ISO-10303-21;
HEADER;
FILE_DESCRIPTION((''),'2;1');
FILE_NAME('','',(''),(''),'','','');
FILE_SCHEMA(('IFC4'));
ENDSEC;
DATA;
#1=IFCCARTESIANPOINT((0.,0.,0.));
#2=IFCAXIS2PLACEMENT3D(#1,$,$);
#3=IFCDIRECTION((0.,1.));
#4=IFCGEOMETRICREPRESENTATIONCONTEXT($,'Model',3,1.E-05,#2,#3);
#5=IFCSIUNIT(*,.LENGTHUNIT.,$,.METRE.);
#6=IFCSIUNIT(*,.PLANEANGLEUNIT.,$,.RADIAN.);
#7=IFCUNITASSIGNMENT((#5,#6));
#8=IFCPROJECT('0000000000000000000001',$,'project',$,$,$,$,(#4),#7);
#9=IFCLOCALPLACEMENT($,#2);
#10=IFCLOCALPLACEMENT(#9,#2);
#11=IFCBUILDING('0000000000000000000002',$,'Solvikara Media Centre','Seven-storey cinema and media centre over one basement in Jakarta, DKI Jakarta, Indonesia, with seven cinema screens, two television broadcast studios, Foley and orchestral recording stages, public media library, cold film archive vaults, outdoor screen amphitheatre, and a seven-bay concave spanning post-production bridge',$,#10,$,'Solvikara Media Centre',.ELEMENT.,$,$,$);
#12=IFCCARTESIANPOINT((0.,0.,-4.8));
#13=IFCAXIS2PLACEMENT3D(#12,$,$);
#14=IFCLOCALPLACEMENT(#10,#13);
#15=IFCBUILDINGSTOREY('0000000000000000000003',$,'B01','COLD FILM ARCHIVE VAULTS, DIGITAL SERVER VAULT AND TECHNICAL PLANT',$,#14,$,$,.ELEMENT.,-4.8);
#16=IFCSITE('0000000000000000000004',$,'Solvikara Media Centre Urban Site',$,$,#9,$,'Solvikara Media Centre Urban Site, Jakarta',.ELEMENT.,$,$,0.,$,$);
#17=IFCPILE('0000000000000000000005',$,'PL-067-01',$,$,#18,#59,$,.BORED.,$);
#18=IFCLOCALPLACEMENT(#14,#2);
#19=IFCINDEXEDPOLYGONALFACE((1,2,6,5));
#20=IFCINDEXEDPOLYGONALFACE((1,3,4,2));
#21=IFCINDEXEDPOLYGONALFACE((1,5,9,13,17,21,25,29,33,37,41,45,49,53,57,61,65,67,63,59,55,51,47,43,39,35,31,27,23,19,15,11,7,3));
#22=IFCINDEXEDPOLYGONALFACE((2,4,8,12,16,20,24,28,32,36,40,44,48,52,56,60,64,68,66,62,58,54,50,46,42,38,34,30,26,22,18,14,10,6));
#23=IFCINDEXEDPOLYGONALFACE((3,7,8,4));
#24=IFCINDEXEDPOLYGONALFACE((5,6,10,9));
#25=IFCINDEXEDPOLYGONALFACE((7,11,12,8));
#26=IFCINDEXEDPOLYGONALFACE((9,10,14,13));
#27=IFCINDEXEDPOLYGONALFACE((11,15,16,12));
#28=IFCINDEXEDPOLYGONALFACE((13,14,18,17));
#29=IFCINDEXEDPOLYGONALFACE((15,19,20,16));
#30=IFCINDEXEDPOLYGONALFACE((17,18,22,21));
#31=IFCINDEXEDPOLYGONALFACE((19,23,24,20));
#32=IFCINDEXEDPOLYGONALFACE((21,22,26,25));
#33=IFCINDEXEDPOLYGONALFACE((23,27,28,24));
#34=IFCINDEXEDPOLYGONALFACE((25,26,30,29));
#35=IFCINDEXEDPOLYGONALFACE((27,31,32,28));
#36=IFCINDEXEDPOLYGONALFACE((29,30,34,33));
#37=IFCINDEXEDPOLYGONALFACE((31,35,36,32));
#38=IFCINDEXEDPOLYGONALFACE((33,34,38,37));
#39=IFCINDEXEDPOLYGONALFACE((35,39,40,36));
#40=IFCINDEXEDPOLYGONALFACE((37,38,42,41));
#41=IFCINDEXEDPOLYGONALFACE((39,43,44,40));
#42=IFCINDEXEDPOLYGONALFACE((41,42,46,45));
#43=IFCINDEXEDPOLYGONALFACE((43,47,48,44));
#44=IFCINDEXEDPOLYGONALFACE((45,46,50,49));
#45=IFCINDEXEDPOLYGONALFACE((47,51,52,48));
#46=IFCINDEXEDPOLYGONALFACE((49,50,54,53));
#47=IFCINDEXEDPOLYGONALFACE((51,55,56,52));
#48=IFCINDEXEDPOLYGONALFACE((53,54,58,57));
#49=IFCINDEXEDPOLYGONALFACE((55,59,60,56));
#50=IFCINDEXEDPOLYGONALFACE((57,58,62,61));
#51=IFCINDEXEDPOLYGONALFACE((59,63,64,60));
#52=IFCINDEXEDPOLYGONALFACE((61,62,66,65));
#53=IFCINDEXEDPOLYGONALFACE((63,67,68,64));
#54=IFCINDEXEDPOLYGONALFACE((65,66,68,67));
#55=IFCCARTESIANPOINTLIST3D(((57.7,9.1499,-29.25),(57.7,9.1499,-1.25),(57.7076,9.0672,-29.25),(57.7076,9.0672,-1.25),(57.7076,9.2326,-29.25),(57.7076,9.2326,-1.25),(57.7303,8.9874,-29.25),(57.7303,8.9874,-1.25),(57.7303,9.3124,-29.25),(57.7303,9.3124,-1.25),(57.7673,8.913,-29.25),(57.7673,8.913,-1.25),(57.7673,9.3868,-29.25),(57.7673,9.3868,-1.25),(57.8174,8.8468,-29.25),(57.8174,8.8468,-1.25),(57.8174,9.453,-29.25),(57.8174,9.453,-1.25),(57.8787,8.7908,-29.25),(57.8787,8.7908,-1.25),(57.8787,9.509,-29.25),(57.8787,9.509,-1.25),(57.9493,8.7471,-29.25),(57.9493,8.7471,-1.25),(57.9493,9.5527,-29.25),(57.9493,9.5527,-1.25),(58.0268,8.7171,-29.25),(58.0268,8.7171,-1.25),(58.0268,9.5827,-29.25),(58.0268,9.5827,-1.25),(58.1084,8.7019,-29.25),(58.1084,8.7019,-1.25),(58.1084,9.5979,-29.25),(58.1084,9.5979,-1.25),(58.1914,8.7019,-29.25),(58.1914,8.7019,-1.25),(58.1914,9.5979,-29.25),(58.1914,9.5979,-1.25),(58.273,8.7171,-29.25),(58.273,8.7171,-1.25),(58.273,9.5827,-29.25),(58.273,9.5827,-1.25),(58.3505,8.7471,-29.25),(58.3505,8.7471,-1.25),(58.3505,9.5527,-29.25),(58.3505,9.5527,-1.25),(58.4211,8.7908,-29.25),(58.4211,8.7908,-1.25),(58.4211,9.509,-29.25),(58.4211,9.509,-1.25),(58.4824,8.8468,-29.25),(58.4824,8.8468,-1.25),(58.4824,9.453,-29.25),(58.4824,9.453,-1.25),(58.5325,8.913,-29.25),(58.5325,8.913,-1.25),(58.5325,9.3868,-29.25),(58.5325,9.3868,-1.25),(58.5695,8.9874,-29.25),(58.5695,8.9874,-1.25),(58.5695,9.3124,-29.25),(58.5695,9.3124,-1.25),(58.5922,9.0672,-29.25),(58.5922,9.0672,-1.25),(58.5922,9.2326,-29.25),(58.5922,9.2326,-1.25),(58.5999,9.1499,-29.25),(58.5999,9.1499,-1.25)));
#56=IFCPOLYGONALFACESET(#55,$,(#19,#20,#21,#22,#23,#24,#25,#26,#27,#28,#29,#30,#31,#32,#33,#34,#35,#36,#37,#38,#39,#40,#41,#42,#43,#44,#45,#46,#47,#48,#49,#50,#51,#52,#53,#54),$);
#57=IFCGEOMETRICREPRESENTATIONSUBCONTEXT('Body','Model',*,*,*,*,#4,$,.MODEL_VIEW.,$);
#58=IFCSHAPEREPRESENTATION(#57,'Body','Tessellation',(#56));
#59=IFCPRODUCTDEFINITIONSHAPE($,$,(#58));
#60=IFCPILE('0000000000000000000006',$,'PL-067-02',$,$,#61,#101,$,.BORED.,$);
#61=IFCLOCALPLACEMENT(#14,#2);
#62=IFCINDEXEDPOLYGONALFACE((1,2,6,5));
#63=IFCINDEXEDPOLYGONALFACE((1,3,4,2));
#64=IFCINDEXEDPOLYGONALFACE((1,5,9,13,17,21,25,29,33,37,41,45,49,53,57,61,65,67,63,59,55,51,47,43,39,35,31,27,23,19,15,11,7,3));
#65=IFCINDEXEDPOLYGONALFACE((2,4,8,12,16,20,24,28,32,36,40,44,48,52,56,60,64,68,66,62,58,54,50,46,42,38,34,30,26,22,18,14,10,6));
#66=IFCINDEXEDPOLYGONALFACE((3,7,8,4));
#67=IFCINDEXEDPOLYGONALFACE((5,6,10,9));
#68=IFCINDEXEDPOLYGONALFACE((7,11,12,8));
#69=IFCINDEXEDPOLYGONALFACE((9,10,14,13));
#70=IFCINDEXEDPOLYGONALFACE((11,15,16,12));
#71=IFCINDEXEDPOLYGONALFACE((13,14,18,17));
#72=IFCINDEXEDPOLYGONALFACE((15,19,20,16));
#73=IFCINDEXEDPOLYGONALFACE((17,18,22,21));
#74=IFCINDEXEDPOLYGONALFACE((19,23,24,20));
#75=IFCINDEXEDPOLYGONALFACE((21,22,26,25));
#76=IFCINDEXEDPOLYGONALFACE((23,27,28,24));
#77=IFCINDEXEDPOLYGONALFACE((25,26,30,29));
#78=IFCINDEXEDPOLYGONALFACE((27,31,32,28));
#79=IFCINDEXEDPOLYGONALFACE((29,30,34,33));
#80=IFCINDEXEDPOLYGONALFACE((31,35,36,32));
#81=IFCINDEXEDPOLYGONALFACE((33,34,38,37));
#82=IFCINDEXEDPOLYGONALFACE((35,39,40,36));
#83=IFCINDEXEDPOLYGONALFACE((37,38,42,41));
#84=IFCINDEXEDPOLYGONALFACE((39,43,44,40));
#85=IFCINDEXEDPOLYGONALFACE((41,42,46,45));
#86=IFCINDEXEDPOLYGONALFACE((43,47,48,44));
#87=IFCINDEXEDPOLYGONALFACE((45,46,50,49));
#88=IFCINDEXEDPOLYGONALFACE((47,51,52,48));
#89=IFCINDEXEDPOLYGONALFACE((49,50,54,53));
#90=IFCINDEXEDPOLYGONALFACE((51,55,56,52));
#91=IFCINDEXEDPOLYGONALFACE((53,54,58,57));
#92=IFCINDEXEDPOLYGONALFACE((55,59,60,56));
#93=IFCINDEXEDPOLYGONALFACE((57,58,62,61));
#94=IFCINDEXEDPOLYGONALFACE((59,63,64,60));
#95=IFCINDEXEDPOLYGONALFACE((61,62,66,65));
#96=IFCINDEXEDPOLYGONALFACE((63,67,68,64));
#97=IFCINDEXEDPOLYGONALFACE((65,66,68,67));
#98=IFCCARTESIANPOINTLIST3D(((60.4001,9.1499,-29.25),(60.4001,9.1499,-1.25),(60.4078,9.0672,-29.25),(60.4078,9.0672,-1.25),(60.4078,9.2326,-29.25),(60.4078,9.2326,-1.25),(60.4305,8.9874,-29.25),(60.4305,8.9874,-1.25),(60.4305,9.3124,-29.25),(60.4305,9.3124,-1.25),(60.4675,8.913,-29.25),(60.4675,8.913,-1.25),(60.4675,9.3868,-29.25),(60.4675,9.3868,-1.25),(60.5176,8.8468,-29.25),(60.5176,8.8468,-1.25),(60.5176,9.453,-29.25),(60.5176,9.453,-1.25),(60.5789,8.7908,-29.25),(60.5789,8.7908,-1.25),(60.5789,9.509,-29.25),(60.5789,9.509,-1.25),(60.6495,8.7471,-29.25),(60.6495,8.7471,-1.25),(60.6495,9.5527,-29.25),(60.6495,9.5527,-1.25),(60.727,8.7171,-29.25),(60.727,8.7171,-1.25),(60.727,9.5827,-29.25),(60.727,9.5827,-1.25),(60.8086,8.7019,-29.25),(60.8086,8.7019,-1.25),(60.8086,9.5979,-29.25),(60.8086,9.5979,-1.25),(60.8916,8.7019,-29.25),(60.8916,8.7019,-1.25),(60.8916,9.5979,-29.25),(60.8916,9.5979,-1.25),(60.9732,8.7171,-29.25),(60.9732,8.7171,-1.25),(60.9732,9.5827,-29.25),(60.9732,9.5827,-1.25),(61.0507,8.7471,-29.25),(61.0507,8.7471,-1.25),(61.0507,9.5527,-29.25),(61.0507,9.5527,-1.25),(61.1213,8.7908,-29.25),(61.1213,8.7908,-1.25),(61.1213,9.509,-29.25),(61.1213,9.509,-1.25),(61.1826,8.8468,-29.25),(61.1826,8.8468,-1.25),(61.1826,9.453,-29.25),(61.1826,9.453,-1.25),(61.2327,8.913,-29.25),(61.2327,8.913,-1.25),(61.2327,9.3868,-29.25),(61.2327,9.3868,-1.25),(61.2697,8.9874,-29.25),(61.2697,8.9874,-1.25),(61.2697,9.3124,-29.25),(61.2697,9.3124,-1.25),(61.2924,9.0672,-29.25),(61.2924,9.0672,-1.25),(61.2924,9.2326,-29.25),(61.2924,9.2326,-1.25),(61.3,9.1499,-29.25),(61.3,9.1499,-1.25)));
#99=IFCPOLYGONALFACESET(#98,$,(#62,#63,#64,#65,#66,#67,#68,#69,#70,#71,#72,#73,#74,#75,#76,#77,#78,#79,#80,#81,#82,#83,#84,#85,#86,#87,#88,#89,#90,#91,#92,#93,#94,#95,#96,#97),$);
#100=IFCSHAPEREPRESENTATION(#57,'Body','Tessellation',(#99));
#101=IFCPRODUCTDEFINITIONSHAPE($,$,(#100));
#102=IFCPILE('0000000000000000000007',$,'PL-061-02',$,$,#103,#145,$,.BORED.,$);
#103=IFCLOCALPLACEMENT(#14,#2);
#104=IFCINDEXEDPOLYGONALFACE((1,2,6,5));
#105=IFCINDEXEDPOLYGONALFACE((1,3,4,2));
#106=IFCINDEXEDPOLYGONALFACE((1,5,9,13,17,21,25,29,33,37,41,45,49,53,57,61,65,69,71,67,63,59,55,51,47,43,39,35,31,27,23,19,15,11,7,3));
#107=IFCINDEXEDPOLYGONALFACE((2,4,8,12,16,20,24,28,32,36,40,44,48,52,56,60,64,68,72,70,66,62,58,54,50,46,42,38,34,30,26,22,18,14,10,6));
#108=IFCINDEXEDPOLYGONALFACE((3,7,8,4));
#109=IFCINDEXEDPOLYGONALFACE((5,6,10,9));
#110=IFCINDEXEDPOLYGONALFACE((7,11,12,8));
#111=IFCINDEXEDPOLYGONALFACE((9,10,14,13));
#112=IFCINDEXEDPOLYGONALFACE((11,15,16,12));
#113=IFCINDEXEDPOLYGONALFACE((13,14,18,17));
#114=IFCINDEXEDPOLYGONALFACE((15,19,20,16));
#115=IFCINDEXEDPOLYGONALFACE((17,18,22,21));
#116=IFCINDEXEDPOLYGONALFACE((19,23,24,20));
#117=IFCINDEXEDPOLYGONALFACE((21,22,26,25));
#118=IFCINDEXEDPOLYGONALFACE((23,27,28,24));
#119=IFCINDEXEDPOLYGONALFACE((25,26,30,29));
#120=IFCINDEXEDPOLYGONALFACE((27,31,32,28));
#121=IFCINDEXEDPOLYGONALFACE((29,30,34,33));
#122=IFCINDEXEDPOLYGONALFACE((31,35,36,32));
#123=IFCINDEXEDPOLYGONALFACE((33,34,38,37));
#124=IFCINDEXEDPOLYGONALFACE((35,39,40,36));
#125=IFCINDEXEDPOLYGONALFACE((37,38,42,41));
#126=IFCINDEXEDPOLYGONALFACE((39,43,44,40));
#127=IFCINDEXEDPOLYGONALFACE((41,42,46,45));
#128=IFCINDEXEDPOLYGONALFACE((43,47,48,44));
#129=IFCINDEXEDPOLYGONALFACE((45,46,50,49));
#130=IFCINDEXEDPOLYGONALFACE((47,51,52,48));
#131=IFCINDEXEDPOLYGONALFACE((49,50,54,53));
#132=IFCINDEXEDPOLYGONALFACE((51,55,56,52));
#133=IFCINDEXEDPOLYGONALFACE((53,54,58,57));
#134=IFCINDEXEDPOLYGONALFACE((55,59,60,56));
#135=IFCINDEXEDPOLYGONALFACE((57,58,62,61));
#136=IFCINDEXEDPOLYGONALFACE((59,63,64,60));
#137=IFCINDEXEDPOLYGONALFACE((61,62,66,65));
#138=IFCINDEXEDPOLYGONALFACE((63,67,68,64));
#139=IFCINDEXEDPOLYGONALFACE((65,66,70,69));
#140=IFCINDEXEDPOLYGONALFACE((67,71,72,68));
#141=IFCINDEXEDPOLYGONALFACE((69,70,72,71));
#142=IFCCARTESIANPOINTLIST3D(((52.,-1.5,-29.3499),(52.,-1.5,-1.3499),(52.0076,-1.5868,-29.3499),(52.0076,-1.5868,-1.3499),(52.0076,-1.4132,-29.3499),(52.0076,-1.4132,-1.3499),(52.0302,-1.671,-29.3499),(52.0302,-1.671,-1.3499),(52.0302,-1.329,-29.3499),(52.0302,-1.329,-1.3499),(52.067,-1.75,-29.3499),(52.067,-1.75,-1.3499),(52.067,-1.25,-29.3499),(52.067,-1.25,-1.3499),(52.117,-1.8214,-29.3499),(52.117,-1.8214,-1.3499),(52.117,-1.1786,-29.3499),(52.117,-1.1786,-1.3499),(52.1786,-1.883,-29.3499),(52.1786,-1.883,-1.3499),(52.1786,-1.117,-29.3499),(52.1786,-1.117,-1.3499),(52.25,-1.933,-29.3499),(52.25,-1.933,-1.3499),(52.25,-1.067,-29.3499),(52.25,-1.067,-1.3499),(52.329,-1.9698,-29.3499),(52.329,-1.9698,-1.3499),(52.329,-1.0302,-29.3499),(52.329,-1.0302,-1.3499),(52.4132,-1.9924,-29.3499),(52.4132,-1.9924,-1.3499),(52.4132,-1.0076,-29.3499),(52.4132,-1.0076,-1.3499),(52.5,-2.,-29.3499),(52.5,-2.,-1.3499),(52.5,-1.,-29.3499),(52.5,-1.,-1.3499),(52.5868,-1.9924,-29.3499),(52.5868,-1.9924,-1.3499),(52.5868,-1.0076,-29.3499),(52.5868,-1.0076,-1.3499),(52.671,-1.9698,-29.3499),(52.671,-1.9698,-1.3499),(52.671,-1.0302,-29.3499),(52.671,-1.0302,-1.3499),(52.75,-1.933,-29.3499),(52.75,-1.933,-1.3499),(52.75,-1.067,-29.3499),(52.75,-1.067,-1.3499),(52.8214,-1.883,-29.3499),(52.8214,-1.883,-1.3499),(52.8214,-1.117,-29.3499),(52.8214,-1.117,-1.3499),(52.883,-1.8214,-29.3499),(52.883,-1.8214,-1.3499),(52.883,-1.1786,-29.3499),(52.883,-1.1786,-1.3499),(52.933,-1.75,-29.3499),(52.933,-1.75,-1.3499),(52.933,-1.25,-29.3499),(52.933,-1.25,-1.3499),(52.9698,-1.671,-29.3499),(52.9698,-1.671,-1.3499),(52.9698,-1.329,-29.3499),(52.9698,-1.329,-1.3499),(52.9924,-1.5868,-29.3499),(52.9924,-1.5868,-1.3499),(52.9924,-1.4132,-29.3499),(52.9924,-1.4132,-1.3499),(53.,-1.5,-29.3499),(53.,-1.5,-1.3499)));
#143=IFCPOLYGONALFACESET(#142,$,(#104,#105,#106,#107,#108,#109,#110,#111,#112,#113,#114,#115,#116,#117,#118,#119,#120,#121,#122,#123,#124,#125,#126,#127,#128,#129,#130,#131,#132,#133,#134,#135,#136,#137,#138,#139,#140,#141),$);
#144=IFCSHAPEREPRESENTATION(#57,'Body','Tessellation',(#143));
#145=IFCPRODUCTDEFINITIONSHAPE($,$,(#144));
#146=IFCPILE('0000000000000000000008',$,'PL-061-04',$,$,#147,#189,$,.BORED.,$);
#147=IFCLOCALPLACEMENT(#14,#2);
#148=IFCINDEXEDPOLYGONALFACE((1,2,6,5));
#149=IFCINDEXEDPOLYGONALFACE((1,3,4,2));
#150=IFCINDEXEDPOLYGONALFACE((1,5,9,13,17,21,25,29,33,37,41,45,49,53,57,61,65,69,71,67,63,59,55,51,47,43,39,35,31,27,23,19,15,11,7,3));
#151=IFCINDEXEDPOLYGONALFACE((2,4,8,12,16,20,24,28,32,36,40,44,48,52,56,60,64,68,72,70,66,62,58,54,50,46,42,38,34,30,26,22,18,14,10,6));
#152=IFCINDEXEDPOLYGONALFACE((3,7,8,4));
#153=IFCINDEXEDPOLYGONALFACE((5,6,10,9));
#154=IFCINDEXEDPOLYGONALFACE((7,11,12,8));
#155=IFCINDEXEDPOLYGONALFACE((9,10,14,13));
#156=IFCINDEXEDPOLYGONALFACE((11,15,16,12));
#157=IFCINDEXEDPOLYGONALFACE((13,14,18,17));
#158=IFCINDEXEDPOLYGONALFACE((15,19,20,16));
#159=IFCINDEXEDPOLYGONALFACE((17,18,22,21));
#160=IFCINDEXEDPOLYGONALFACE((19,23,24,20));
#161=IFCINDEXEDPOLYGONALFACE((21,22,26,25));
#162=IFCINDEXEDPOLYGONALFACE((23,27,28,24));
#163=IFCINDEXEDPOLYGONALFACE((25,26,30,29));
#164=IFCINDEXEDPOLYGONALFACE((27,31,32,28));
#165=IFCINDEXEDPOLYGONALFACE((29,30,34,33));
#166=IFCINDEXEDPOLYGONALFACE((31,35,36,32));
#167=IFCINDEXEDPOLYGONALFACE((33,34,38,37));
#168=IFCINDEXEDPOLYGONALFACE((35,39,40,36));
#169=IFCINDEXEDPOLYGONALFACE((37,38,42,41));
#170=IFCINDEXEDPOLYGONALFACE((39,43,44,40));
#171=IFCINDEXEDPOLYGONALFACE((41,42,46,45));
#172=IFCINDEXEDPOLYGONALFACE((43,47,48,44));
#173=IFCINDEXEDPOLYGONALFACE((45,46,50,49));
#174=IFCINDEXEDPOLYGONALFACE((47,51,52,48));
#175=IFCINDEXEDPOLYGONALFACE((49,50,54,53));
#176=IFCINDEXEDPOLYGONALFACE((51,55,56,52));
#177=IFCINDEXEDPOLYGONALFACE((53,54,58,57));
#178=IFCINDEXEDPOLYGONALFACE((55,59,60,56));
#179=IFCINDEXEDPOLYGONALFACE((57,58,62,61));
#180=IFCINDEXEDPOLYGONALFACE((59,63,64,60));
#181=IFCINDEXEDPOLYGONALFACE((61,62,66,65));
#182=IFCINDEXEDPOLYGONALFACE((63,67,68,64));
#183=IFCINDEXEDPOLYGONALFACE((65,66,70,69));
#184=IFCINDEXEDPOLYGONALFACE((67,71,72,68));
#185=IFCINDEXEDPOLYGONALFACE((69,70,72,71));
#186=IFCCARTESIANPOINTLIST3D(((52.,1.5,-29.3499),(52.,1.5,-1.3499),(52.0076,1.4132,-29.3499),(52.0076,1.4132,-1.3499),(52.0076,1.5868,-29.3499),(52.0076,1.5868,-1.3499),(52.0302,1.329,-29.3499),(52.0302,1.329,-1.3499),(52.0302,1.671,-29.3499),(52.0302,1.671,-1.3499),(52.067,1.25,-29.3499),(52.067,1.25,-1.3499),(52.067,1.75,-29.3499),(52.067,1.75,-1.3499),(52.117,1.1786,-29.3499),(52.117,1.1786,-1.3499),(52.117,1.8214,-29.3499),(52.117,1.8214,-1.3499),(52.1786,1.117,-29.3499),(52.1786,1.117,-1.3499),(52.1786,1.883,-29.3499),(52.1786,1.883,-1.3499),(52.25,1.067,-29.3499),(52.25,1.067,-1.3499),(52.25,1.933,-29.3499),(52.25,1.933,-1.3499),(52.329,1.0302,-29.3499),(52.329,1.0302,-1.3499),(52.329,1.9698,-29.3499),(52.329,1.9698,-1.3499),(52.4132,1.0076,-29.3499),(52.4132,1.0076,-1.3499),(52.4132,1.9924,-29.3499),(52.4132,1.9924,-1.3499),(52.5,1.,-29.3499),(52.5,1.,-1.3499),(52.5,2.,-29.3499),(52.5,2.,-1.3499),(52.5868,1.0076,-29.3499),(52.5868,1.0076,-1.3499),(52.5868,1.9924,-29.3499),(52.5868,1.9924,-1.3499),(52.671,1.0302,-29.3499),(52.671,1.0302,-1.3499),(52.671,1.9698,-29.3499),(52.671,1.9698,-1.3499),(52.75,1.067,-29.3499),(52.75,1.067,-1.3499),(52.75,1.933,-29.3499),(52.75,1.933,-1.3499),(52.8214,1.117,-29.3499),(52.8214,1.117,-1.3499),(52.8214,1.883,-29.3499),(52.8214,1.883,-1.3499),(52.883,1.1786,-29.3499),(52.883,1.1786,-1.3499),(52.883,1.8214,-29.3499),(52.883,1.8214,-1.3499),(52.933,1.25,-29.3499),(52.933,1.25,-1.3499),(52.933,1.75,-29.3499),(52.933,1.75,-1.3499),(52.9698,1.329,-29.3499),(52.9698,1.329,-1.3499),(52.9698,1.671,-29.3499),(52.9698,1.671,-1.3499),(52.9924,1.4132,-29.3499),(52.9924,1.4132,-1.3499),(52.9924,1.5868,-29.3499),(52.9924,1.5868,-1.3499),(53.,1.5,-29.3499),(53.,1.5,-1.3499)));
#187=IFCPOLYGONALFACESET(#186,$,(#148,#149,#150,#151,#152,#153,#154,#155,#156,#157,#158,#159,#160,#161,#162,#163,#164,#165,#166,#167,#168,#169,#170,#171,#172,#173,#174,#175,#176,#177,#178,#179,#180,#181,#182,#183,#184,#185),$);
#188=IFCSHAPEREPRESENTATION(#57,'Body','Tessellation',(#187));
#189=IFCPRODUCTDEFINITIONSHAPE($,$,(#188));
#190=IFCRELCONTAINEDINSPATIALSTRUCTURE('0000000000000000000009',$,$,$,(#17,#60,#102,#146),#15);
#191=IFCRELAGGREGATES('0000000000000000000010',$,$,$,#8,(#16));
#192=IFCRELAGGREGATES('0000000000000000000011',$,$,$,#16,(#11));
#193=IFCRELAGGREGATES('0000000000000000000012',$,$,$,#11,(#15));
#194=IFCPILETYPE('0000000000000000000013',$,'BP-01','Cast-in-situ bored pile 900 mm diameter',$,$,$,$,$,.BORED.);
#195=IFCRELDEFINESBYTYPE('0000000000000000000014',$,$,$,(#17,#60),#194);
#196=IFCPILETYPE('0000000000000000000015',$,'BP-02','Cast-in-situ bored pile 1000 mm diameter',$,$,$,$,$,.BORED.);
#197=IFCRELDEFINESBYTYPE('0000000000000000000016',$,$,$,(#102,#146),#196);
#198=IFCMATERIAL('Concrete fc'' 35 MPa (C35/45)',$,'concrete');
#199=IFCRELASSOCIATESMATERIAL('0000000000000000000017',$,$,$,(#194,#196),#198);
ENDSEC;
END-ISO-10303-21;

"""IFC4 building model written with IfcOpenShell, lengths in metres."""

from ifc_helpers import new_model, si_unit, direction, frame, origin, origin_2d, place, context, subcontext, project, spatial, circle, extrude, material, material_profile, profile_set, type_object, element, save


model = new_model("IFC4")

# Units and contexts
model_context = context("Model", 3, precision=1e-05, world=origin(), true_north=direction((0.0, 1.0)))
body_context = subcontext(model_context, "Body", "Model", "MODEL_VIEW")
ifc_project = project(units=[si_unit("LENGTHUNIT", "METRE"), si_unit("PLANEANGLEUNIT", "RADIAN")], contexts=[model_context])

# Site, building, storey
site_placement = place(None, origin())
site = spatial("IfcSite", under=ifc_project, at=site_placement, Name="Solvikara Media Centre Urban Site", LongName="Solvikara Media Centre Urban Site, Jakarta", CompositionType="ELEMENT", RefElevation=0.0)
building_placement = place(site_placement, origin())
building = spatial("IfcBuilding", under=site, at=building_placement, Name="Solvikara Media Centre", Description="Seven-storey cinema and media centre over one basement in Jakarta, DKI Jakarta, Indonesia, with seven cinema screens, two television broadcast studios, Foley and orchestral recording stages, public media library, cold film archive vaults, outdoor screen amphitheatre, and a seven-bay concave spanning post-production bridge", LongName="Solvikara Media Centre", CompositionType="ELEMENT")
storey_placement = place(building_placement, frame((0.0, 0.0, -4.8)))
storey = spatial("IfcBuildingStorey", under=building, at=storey_placement, Name="B01", Description="COLD FILM ARCHIVE VAULTS, DIGITAL SERVER VAULT AND TECHNICAL PLANT", CompositionType="ELEMENT", Elevation=-4.8)

# Piles
ifc_material_1 = material(Name="Concrete fc' 35 MPa (C35/45)", Category="concrete")
ifc_material_profile_1 = material_profile(ifc_material_1, circle(Radius=0.45, at=origin_2d()), Name="BORED PILE D900")
ifc_profile_set_1 = profile_set([ifc_material_profile_1], Name="Concrete fc' 35 MPa (C35/45)")
pile_type_1 = type_object("IfcPileType", Name="BP-01", Description="Cast-in-situ bored pile 900 mm diameter", PredefinedType="BORED", material=ifc_profile_set_1)
for number, where, z_axis, x_axis, name in (
    (1, (58.1499, 9.1499, -1.25), (0.0, 0.0, -1.0), (1.0, 0.0, 0.0), "PL-067-01"),
    (2, (60.8501, 9.1499, -1.25), (0.0, 0.0, -1.0), (1.0, 0.0, 0.0), "PL-067-02"),
):
    element("IfcPile", number, at=place(storey_placement, frame(where, z_axis=z_axis, x_axis=x_axis)), inside=storey, type_object=pile_type_1, Name=name, PredefinedType="BORED", context=body_context, shape_type="SweptSolid", body=[
        extrude(circle(Radius=0.45, at=origin_2d()), origin(), (0.0, 0.0, 1.0), 28.0),
    ])
ifc_material_profile_2 = material_profile(ifc_material_1, circle(Radius=0.5, at=origin_2d()), Name="BORED PILE D1000")
ifc_profile_set_2 = profile_set([ifc_material_profile_2], Name="Concrete fc' 35 MPa (C35/45)")
pile_type_2 = type_object("IfcPileType", Name="BP-02", Description="Cast-in-situ bored pile 1000 mm diameter", PredefinedType="BORED", material=ifc_profile_set_2)
for number, where, z_axis, x_axis, name in (
    (3, (52.5, -1.5, -1.3499), (0.0, 0.0, -1.0), (1.0, 0.0, 0.0), "PL-061-02"),
    (4, (52.5, 1.5, -1.3499), (0.0, 0.0, -1.0), (1.0, 0.0, 0.0), "PL-061-04"),
):
    element("IfcPile", number, at=place(storey_placement, frame(where, z_axis=z_axis, x_axis=x_axis)), inside=storey, type_object=pile_type_2, Name=name, PredefinedType="BORED", context=body_context, shape_type="SweptSolid", body=[
        extrude(circle(Radius=0.5, at=origin_2d()), origin(), (0.0, 0.0, 1.0), 28.0),
    ])

save(model, "model.ifc")
